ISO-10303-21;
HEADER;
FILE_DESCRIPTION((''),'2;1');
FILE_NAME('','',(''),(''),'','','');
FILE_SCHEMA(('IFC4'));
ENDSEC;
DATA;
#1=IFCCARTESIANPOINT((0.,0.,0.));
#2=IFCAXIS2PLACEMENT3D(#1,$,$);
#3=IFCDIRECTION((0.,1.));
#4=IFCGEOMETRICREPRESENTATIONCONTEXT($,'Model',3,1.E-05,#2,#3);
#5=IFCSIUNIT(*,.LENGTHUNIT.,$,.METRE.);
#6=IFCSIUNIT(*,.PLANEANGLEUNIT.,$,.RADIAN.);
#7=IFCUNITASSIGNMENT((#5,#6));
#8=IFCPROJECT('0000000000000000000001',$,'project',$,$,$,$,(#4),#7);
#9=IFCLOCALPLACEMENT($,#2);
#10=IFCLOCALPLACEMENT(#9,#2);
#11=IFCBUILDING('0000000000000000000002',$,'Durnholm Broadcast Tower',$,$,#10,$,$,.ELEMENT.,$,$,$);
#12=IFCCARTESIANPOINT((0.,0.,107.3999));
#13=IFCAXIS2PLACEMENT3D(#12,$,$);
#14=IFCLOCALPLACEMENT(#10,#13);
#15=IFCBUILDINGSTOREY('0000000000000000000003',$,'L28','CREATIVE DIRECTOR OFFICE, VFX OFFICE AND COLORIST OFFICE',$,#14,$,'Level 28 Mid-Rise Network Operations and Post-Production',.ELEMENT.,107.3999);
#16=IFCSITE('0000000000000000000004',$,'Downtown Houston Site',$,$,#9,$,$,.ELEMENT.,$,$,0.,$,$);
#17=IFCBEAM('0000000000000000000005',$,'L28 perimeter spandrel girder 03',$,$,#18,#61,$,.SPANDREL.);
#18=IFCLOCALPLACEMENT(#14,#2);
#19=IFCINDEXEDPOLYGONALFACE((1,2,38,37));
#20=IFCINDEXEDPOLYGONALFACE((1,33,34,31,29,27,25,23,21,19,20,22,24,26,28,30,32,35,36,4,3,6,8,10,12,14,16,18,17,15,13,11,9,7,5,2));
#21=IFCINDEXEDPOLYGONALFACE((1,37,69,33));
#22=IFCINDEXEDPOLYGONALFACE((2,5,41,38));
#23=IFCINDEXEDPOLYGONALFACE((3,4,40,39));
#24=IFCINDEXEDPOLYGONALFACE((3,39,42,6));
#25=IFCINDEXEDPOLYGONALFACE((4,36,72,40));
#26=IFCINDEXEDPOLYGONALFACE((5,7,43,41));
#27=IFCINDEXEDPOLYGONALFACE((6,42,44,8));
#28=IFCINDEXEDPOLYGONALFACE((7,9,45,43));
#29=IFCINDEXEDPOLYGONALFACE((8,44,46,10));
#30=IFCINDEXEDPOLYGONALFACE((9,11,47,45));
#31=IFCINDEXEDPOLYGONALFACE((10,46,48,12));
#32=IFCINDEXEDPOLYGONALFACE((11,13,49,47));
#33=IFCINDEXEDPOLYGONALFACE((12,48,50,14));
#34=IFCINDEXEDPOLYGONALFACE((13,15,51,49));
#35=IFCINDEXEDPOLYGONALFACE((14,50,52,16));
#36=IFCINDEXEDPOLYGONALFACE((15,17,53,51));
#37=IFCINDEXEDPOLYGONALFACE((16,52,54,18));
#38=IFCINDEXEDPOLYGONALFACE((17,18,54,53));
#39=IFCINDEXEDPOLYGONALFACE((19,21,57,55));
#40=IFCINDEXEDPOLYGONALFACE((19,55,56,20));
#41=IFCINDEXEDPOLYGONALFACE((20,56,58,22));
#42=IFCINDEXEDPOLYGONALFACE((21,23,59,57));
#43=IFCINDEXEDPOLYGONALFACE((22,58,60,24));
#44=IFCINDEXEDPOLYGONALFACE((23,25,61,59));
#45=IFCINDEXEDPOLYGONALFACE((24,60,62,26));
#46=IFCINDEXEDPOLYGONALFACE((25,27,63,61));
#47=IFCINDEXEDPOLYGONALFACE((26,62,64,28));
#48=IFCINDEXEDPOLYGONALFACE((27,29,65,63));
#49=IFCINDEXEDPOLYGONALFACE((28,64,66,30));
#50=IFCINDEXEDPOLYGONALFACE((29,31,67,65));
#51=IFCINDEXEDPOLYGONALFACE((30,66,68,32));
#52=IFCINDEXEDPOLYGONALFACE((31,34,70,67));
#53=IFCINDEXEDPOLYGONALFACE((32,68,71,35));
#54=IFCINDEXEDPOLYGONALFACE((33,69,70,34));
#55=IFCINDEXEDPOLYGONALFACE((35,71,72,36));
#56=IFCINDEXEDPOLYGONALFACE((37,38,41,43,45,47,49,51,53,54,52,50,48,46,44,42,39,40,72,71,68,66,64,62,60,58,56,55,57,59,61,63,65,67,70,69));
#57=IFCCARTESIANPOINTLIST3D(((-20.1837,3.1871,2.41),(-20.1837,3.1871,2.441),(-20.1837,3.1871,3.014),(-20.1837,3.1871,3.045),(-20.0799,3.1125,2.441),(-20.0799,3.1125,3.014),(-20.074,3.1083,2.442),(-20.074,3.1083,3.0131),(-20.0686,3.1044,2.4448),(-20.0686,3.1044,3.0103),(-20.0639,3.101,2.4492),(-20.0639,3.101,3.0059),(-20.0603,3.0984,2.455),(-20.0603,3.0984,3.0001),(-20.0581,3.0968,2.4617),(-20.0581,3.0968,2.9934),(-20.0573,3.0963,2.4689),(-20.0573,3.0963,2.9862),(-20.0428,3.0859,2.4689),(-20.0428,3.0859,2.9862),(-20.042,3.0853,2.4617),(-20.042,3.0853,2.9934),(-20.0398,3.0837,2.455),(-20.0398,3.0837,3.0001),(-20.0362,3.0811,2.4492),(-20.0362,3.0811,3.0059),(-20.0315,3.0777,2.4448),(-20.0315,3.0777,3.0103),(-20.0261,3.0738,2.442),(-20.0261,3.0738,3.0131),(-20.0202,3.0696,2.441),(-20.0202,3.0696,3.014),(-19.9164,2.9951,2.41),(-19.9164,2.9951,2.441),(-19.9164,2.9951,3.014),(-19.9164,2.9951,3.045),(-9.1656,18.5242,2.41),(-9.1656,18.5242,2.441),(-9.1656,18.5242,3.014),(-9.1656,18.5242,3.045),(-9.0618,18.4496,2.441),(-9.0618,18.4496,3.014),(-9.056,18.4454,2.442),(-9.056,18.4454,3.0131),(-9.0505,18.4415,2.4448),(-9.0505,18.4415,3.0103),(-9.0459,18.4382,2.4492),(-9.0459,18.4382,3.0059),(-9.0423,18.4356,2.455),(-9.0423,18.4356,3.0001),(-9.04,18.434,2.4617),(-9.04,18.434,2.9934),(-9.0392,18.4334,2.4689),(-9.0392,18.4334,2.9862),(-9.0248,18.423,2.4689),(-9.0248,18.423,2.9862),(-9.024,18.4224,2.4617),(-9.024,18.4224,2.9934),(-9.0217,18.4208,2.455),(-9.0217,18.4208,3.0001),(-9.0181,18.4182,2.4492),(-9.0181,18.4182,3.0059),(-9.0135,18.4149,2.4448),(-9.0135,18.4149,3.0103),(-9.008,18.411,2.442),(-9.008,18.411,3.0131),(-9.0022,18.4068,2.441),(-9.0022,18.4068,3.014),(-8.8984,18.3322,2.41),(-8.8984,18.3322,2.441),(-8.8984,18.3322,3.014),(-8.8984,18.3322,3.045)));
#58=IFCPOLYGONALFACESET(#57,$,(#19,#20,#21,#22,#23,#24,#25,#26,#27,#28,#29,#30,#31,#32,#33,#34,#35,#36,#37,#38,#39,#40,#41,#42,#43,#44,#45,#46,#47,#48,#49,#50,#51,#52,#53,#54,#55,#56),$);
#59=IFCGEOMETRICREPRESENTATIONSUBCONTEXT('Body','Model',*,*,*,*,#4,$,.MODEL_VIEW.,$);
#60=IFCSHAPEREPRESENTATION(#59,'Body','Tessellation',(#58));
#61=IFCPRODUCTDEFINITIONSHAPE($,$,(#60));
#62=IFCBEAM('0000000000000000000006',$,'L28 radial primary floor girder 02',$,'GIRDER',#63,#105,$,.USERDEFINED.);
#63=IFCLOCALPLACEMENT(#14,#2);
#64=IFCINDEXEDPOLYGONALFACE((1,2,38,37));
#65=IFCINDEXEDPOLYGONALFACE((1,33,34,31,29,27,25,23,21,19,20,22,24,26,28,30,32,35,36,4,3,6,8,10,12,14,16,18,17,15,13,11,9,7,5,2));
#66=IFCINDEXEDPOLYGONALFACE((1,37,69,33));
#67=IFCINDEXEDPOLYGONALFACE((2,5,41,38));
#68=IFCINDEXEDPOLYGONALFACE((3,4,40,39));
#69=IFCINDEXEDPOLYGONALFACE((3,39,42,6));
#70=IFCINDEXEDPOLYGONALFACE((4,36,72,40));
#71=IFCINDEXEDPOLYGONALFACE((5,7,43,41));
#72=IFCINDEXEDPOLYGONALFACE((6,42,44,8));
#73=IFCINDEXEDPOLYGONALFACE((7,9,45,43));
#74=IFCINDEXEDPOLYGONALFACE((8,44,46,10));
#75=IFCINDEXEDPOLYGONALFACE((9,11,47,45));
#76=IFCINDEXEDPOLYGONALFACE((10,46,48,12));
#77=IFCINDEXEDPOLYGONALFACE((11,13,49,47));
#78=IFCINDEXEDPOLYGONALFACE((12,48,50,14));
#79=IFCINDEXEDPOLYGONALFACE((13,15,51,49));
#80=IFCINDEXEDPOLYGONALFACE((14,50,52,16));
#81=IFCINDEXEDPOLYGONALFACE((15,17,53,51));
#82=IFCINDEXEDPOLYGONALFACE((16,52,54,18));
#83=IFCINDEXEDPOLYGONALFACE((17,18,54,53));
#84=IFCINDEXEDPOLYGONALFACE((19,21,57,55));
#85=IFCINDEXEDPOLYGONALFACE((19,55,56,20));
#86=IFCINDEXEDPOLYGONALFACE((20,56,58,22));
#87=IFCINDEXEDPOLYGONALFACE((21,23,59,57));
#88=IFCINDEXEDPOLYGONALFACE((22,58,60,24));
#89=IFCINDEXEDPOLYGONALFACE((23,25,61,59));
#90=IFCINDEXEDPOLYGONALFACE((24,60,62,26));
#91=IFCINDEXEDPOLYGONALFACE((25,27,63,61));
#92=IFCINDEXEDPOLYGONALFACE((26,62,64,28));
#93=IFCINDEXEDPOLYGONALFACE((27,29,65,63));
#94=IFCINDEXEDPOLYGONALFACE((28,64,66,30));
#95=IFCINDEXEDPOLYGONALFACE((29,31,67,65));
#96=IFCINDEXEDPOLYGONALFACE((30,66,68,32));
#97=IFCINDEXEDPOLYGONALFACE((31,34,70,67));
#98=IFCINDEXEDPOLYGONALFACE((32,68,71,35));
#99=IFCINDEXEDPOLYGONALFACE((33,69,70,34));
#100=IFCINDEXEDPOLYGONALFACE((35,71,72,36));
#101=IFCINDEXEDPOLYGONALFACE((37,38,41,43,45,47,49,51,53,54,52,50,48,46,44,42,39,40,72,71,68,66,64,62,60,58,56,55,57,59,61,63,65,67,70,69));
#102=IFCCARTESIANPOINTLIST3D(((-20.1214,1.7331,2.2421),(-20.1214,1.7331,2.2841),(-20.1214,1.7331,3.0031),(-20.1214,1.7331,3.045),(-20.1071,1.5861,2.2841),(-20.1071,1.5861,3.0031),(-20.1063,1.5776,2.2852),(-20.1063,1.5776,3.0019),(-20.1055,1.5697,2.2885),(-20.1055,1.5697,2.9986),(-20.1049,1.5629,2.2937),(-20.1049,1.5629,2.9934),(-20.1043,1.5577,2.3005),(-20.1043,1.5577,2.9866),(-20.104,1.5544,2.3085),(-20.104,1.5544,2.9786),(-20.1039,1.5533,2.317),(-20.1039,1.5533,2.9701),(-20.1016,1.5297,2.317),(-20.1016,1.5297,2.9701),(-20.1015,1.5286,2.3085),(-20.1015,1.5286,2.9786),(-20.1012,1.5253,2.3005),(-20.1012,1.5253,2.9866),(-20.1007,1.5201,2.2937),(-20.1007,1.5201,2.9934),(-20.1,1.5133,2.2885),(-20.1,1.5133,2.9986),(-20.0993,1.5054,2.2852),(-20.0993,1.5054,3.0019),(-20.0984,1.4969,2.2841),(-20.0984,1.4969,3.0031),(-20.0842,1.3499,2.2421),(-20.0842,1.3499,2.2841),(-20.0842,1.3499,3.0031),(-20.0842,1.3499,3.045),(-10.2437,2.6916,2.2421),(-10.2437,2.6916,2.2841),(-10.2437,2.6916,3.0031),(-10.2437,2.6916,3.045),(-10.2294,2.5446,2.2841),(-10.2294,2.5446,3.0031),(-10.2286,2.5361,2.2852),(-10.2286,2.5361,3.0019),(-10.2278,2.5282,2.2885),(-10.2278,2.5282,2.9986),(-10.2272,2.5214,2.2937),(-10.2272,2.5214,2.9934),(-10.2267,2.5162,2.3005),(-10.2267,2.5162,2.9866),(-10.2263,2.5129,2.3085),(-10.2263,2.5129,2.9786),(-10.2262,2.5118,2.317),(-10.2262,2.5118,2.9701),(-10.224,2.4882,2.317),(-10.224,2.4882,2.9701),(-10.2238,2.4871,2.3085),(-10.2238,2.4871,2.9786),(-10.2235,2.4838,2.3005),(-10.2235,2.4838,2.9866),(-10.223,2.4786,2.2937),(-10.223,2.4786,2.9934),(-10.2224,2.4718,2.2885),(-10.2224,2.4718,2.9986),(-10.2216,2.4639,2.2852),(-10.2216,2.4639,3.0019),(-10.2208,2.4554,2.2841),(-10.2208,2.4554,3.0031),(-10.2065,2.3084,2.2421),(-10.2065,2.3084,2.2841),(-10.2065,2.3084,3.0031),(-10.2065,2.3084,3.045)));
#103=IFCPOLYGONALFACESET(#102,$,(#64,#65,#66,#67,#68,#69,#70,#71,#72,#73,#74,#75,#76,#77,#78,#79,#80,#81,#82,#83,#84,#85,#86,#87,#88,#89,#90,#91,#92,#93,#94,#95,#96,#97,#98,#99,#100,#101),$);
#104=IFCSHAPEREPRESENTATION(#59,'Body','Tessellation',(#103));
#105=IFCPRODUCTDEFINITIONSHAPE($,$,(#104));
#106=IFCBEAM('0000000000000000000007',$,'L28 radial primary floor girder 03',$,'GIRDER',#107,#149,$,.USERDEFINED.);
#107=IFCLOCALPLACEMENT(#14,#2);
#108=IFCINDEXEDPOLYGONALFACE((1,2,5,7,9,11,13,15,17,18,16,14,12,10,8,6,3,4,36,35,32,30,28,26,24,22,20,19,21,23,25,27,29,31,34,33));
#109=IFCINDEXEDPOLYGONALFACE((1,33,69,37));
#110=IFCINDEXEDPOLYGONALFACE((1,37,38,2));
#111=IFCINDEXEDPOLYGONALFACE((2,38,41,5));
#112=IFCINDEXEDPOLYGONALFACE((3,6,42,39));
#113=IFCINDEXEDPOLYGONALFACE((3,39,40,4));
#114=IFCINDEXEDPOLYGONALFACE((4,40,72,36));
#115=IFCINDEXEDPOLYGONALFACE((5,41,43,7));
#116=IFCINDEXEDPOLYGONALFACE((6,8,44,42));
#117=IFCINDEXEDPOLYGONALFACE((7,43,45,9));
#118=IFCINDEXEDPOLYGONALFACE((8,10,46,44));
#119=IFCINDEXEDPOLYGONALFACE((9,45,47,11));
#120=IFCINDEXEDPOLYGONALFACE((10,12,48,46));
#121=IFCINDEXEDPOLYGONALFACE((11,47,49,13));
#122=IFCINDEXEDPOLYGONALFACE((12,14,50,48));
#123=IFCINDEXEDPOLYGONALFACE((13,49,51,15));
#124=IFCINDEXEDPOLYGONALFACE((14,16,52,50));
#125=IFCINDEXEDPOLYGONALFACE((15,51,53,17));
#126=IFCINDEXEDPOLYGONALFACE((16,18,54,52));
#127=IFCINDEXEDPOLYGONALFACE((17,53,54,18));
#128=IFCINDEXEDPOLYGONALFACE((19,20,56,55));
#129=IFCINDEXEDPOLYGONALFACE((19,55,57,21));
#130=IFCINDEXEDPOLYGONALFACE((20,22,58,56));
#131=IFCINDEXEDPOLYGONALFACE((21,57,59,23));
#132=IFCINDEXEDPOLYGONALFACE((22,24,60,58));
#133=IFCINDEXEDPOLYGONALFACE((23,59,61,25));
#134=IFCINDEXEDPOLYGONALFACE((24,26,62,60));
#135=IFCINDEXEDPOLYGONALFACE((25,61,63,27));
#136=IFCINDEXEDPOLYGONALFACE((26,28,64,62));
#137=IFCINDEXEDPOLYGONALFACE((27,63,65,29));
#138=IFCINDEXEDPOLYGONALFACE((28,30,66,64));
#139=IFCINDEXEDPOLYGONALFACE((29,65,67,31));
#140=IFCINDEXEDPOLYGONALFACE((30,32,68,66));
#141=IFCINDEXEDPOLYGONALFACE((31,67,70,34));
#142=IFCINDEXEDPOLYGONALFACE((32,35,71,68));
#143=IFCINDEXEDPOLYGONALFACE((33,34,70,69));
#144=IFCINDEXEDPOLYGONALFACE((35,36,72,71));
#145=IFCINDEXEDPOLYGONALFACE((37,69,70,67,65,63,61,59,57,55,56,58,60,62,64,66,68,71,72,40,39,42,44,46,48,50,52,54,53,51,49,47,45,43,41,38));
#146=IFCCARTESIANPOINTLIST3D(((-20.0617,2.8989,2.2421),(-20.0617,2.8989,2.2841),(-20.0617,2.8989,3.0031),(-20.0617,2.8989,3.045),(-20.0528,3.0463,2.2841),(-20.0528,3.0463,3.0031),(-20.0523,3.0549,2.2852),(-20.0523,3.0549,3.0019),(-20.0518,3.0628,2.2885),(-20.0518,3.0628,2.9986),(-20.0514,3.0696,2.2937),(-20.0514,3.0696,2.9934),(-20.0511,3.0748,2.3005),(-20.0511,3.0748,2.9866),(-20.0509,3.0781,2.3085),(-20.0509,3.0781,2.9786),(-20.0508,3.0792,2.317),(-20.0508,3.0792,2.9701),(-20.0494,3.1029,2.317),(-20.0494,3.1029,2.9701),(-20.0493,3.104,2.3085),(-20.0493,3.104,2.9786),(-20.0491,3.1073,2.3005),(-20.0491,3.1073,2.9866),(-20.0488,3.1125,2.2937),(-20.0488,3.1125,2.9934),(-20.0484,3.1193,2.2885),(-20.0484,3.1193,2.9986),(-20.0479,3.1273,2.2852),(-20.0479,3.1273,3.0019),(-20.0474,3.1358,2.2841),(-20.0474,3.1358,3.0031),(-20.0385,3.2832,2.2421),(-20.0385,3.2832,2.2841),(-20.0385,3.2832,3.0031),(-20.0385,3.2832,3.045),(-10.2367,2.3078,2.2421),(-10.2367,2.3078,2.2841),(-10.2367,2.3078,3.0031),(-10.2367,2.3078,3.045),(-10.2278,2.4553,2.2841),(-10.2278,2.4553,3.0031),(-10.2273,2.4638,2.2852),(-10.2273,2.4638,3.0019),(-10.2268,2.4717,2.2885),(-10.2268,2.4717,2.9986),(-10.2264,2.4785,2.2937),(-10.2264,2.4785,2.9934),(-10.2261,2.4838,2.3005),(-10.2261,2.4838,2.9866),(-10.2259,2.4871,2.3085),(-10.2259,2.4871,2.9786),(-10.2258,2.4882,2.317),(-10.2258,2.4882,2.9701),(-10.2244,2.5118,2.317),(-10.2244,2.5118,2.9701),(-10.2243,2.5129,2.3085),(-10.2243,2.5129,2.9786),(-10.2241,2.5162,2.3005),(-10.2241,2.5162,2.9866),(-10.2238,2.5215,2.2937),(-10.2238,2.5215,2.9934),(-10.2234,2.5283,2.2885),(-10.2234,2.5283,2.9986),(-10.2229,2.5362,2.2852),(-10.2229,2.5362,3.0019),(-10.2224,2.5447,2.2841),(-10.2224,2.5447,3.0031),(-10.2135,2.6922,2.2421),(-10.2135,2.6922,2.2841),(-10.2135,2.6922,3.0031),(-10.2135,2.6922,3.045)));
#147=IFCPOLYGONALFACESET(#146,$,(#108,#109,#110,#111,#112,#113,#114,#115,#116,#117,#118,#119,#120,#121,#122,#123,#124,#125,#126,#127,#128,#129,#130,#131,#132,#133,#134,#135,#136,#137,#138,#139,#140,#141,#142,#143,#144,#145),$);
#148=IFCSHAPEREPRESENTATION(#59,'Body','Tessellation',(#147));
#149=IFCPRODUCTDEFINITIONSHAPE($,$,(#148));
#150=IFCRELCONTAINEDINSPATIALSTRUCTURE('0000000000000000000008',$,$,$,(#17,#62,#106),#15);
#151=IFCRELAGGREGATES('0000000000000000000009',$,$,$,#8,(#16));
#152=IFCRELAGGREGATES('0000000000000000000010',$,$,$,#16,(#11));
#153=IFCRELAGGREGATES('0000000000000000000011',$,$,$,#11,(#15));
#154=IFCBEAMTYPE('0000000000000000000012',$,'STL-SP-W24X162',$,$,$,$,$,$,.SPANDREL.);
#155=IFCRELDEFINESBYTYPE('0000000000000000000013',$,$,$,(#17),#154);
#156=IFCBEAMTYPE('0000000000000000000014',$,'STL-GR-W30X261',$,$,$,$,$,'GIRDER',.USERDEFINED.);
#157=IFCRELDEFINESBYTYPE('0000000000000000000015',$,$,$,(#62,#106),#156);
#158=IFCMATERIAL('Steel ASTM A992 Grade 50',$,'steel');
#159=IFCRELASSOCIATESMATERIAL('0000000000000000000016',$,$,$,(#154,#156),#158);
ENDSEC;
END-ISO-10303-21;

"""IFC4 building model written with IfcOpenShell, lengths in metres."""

from ifc_helpers import new_model, si_unit, direction, frame, origin, origin_2d, place, context, subcontext, project, spatial, i_section, extrude, source, transform, mapped, material, material_profile, profile_set, type_object, type_shapes, element, save


model = new_model("IFC4")

# Units and contexts
model_context = context("Model", 3, precision=1e-05, world=origin(), true_north=direction((0.0, 1.0)))
body_context = subcontext(model_context, "Body", "Model", "MODEL_VIEW")
ifc_project = project(units=[si_unit("LENGTHUNIT", "METRE"), si_unit("PLANEANGLEUNIT", "RADIAN")], contexts=[model_context])

# Site, building, storey
site_placement = place(None, origin())
site = spatial("IfcSite", under=ifc_project, at=site_placement, Name="Downtown Houston Site", CompositionType="ELEMENT", RefElevation=0.0)
building_placement = place(site_placement, origin())
building = spatial("IfcBuilding", under=site, at=building_placement, Name="Durnholm Broadcast Tower", CompositionType="ELEMENT")
storey_placement = place(building_placement, frame((0.0, 0.0, 107.3999)))
storey = spatial("IfcBuildingStorey", under=building, at=storey_placement, Name="L28", Description="CREATIVE DIRECTOR OFFICE, VFX OFFICE AND COLORIST OFFICE", LongName="Level 28 Mid-Rise Network Operations and Post-Production", CompositionType="ELEMENT", Elevation=107.3999)

# Beams
ifc_material_1 = material(Name="Steel ASTM A992 Grade 50", Category="steel")
ifc_material_profile_1 = material_profile(ifc_material_1, i_section(OverallWidth=0.3291, OverallDepth=0.635, WebThickness=0.0178, FlangeThickness=0.031, FilletRadius=0.0278, at=origin_2d()), Name="W24X162")
ifc_profile_set_1 = profile_set([ifc_material_profile_1], Name="Steel ASTM A992 Grade 50")
beam_type_1 = type_object("IfcBeamType", Name="STL-SP-W24X162", PredefinedType="SPANDREL", material=ifc_profile_set_1)
shared_shape_1 = source(origin(), body_context, "Body", "SweptSolid", [
    extrude(i_section(OverallWidth=0.3291, OverallDepth=0.635, WebThickness=0.0178, FlangeThickness=0.031, FilletRadius=0.0278, at=origin_2d()), origin(), (0.0, 0.0, 1.0), 18.8845),
])
beam_1_placement = place(storey_placement, frame((-20.05, 3.0911, 2.7275), z_axis=(0.583443, 0.812154, 0.0), x_axis=(-0.812154, 0.583443, 0.0)))
element("IfcBeam", 1, at=beam_1_placement, inside=storey, type_object=beam_type_1, Name="L28 perimeter spandrel girder 03", PredefinedType="SPANDREL", context=body_context, shape_type="MappedRepresentation", body=[
    mapped(shared_shape_1, transform((0.0, 0.0, 0.0), x_axis=(1.0, 0.0, 0.0), y_axis=(0.0, 1.0, 0.0), z_axis=(0.0, 0.0, 1.0), scale=1.0)),
])
ifc_material_profile_2 = material_profile(ifc_material_1, i_section(OverallWidth=0.385, OverallDepth=0.803, WebThickness=0.0237, FlangeThickness=0.042, FilletRadius=0.033, at=origin_2d()), Name="W30X261")
ifc_profile_set_2 = profile_set([ifc_material_profile_2], Name="Steel ASTM A992 Grade 50")
beam_type_2 = type_object("IfcBeamType", Name="STL-GR-W30X261", ElementType="GIRDER", PredefinedType="USERDEFINED", material=ifc_profile_set_2)
shared_shape_2 = source(origin(), body_context, "Body", "SweptSolid", [
    extrude(i_section(OverallWidth=0.385, OverallDepth=0.803, WebThickness=0.0237, FlangeThickness=0.042, FilletRadius=0.033, at=origin_2d()), origin(), (0.0, 0.0, 1.0), 9.9241),
])
beam_2_placement = place(storey_placement, frame((-10.2251, 2.5, 2.6436), z_axis=(-0.995325, -0.096583, 0.0), x_axis=(0.096583, -0.995325, 0.0)))
element("IfcBeam", 2, at=beam_2_placement, inside=storey, type_object=beam_type_2, Name="L28 radial primary floor girder 02", ObjectType="GIRDER", PredefinedType="USERDEFINED", context=body_context, shape_type="MappedRepresentation", body=[
    mapped(shared_shape_2, transform((0.0, 0.0, 0.0), x_axis=(1.0, 0.0, 0.0), y_axis=(0.0, 1.0, 0.0), z_axis=(0.0, 0.0, 1.0), scale=1.0)),
])
shared_shape_3 = source(origin(), body_context, "Body", "SweptSolid", [
    extrude(i_section(OverallWidth=0.385, OverallDepth=0.803, WebThickness=0.0237, FlangeThickness=0.042, FilletRadius=0.033, at=origin_2d()), origin(), (0.0, 0.0, 1.0), 9.8428),
])
type_shapes(beam_type_2, [shared_shape_2, shared_shape_3])
beam_3_placement = place(storey_placement, frame((-10.2251, 2.5, 2.6436), z_axis=(-0.998195, 0.060051, 0.0), x_axis=(-0.060051, -0.998195, 0.0)))
element("IfcBeam", 3, at=beam_3_placement, inside=storey, type_object=beam_type_2, Name="L28 radial primary floor girder 03", ObjectType="GIRDER", PredefinedType="USERDEFINED", context=body_context, shape_type="MappedRepresentation", body=[
    mapped(shared_shape_3, transform((0.0, 0.0, 0.0), x_axis=(1.0, 0.0, 0.0), y_axis=(0.0, 1.0, 0.0), z_axis=(0.0, 0.0, 1.0), scale=1.0)),
])

save(model, "model.ifc")
